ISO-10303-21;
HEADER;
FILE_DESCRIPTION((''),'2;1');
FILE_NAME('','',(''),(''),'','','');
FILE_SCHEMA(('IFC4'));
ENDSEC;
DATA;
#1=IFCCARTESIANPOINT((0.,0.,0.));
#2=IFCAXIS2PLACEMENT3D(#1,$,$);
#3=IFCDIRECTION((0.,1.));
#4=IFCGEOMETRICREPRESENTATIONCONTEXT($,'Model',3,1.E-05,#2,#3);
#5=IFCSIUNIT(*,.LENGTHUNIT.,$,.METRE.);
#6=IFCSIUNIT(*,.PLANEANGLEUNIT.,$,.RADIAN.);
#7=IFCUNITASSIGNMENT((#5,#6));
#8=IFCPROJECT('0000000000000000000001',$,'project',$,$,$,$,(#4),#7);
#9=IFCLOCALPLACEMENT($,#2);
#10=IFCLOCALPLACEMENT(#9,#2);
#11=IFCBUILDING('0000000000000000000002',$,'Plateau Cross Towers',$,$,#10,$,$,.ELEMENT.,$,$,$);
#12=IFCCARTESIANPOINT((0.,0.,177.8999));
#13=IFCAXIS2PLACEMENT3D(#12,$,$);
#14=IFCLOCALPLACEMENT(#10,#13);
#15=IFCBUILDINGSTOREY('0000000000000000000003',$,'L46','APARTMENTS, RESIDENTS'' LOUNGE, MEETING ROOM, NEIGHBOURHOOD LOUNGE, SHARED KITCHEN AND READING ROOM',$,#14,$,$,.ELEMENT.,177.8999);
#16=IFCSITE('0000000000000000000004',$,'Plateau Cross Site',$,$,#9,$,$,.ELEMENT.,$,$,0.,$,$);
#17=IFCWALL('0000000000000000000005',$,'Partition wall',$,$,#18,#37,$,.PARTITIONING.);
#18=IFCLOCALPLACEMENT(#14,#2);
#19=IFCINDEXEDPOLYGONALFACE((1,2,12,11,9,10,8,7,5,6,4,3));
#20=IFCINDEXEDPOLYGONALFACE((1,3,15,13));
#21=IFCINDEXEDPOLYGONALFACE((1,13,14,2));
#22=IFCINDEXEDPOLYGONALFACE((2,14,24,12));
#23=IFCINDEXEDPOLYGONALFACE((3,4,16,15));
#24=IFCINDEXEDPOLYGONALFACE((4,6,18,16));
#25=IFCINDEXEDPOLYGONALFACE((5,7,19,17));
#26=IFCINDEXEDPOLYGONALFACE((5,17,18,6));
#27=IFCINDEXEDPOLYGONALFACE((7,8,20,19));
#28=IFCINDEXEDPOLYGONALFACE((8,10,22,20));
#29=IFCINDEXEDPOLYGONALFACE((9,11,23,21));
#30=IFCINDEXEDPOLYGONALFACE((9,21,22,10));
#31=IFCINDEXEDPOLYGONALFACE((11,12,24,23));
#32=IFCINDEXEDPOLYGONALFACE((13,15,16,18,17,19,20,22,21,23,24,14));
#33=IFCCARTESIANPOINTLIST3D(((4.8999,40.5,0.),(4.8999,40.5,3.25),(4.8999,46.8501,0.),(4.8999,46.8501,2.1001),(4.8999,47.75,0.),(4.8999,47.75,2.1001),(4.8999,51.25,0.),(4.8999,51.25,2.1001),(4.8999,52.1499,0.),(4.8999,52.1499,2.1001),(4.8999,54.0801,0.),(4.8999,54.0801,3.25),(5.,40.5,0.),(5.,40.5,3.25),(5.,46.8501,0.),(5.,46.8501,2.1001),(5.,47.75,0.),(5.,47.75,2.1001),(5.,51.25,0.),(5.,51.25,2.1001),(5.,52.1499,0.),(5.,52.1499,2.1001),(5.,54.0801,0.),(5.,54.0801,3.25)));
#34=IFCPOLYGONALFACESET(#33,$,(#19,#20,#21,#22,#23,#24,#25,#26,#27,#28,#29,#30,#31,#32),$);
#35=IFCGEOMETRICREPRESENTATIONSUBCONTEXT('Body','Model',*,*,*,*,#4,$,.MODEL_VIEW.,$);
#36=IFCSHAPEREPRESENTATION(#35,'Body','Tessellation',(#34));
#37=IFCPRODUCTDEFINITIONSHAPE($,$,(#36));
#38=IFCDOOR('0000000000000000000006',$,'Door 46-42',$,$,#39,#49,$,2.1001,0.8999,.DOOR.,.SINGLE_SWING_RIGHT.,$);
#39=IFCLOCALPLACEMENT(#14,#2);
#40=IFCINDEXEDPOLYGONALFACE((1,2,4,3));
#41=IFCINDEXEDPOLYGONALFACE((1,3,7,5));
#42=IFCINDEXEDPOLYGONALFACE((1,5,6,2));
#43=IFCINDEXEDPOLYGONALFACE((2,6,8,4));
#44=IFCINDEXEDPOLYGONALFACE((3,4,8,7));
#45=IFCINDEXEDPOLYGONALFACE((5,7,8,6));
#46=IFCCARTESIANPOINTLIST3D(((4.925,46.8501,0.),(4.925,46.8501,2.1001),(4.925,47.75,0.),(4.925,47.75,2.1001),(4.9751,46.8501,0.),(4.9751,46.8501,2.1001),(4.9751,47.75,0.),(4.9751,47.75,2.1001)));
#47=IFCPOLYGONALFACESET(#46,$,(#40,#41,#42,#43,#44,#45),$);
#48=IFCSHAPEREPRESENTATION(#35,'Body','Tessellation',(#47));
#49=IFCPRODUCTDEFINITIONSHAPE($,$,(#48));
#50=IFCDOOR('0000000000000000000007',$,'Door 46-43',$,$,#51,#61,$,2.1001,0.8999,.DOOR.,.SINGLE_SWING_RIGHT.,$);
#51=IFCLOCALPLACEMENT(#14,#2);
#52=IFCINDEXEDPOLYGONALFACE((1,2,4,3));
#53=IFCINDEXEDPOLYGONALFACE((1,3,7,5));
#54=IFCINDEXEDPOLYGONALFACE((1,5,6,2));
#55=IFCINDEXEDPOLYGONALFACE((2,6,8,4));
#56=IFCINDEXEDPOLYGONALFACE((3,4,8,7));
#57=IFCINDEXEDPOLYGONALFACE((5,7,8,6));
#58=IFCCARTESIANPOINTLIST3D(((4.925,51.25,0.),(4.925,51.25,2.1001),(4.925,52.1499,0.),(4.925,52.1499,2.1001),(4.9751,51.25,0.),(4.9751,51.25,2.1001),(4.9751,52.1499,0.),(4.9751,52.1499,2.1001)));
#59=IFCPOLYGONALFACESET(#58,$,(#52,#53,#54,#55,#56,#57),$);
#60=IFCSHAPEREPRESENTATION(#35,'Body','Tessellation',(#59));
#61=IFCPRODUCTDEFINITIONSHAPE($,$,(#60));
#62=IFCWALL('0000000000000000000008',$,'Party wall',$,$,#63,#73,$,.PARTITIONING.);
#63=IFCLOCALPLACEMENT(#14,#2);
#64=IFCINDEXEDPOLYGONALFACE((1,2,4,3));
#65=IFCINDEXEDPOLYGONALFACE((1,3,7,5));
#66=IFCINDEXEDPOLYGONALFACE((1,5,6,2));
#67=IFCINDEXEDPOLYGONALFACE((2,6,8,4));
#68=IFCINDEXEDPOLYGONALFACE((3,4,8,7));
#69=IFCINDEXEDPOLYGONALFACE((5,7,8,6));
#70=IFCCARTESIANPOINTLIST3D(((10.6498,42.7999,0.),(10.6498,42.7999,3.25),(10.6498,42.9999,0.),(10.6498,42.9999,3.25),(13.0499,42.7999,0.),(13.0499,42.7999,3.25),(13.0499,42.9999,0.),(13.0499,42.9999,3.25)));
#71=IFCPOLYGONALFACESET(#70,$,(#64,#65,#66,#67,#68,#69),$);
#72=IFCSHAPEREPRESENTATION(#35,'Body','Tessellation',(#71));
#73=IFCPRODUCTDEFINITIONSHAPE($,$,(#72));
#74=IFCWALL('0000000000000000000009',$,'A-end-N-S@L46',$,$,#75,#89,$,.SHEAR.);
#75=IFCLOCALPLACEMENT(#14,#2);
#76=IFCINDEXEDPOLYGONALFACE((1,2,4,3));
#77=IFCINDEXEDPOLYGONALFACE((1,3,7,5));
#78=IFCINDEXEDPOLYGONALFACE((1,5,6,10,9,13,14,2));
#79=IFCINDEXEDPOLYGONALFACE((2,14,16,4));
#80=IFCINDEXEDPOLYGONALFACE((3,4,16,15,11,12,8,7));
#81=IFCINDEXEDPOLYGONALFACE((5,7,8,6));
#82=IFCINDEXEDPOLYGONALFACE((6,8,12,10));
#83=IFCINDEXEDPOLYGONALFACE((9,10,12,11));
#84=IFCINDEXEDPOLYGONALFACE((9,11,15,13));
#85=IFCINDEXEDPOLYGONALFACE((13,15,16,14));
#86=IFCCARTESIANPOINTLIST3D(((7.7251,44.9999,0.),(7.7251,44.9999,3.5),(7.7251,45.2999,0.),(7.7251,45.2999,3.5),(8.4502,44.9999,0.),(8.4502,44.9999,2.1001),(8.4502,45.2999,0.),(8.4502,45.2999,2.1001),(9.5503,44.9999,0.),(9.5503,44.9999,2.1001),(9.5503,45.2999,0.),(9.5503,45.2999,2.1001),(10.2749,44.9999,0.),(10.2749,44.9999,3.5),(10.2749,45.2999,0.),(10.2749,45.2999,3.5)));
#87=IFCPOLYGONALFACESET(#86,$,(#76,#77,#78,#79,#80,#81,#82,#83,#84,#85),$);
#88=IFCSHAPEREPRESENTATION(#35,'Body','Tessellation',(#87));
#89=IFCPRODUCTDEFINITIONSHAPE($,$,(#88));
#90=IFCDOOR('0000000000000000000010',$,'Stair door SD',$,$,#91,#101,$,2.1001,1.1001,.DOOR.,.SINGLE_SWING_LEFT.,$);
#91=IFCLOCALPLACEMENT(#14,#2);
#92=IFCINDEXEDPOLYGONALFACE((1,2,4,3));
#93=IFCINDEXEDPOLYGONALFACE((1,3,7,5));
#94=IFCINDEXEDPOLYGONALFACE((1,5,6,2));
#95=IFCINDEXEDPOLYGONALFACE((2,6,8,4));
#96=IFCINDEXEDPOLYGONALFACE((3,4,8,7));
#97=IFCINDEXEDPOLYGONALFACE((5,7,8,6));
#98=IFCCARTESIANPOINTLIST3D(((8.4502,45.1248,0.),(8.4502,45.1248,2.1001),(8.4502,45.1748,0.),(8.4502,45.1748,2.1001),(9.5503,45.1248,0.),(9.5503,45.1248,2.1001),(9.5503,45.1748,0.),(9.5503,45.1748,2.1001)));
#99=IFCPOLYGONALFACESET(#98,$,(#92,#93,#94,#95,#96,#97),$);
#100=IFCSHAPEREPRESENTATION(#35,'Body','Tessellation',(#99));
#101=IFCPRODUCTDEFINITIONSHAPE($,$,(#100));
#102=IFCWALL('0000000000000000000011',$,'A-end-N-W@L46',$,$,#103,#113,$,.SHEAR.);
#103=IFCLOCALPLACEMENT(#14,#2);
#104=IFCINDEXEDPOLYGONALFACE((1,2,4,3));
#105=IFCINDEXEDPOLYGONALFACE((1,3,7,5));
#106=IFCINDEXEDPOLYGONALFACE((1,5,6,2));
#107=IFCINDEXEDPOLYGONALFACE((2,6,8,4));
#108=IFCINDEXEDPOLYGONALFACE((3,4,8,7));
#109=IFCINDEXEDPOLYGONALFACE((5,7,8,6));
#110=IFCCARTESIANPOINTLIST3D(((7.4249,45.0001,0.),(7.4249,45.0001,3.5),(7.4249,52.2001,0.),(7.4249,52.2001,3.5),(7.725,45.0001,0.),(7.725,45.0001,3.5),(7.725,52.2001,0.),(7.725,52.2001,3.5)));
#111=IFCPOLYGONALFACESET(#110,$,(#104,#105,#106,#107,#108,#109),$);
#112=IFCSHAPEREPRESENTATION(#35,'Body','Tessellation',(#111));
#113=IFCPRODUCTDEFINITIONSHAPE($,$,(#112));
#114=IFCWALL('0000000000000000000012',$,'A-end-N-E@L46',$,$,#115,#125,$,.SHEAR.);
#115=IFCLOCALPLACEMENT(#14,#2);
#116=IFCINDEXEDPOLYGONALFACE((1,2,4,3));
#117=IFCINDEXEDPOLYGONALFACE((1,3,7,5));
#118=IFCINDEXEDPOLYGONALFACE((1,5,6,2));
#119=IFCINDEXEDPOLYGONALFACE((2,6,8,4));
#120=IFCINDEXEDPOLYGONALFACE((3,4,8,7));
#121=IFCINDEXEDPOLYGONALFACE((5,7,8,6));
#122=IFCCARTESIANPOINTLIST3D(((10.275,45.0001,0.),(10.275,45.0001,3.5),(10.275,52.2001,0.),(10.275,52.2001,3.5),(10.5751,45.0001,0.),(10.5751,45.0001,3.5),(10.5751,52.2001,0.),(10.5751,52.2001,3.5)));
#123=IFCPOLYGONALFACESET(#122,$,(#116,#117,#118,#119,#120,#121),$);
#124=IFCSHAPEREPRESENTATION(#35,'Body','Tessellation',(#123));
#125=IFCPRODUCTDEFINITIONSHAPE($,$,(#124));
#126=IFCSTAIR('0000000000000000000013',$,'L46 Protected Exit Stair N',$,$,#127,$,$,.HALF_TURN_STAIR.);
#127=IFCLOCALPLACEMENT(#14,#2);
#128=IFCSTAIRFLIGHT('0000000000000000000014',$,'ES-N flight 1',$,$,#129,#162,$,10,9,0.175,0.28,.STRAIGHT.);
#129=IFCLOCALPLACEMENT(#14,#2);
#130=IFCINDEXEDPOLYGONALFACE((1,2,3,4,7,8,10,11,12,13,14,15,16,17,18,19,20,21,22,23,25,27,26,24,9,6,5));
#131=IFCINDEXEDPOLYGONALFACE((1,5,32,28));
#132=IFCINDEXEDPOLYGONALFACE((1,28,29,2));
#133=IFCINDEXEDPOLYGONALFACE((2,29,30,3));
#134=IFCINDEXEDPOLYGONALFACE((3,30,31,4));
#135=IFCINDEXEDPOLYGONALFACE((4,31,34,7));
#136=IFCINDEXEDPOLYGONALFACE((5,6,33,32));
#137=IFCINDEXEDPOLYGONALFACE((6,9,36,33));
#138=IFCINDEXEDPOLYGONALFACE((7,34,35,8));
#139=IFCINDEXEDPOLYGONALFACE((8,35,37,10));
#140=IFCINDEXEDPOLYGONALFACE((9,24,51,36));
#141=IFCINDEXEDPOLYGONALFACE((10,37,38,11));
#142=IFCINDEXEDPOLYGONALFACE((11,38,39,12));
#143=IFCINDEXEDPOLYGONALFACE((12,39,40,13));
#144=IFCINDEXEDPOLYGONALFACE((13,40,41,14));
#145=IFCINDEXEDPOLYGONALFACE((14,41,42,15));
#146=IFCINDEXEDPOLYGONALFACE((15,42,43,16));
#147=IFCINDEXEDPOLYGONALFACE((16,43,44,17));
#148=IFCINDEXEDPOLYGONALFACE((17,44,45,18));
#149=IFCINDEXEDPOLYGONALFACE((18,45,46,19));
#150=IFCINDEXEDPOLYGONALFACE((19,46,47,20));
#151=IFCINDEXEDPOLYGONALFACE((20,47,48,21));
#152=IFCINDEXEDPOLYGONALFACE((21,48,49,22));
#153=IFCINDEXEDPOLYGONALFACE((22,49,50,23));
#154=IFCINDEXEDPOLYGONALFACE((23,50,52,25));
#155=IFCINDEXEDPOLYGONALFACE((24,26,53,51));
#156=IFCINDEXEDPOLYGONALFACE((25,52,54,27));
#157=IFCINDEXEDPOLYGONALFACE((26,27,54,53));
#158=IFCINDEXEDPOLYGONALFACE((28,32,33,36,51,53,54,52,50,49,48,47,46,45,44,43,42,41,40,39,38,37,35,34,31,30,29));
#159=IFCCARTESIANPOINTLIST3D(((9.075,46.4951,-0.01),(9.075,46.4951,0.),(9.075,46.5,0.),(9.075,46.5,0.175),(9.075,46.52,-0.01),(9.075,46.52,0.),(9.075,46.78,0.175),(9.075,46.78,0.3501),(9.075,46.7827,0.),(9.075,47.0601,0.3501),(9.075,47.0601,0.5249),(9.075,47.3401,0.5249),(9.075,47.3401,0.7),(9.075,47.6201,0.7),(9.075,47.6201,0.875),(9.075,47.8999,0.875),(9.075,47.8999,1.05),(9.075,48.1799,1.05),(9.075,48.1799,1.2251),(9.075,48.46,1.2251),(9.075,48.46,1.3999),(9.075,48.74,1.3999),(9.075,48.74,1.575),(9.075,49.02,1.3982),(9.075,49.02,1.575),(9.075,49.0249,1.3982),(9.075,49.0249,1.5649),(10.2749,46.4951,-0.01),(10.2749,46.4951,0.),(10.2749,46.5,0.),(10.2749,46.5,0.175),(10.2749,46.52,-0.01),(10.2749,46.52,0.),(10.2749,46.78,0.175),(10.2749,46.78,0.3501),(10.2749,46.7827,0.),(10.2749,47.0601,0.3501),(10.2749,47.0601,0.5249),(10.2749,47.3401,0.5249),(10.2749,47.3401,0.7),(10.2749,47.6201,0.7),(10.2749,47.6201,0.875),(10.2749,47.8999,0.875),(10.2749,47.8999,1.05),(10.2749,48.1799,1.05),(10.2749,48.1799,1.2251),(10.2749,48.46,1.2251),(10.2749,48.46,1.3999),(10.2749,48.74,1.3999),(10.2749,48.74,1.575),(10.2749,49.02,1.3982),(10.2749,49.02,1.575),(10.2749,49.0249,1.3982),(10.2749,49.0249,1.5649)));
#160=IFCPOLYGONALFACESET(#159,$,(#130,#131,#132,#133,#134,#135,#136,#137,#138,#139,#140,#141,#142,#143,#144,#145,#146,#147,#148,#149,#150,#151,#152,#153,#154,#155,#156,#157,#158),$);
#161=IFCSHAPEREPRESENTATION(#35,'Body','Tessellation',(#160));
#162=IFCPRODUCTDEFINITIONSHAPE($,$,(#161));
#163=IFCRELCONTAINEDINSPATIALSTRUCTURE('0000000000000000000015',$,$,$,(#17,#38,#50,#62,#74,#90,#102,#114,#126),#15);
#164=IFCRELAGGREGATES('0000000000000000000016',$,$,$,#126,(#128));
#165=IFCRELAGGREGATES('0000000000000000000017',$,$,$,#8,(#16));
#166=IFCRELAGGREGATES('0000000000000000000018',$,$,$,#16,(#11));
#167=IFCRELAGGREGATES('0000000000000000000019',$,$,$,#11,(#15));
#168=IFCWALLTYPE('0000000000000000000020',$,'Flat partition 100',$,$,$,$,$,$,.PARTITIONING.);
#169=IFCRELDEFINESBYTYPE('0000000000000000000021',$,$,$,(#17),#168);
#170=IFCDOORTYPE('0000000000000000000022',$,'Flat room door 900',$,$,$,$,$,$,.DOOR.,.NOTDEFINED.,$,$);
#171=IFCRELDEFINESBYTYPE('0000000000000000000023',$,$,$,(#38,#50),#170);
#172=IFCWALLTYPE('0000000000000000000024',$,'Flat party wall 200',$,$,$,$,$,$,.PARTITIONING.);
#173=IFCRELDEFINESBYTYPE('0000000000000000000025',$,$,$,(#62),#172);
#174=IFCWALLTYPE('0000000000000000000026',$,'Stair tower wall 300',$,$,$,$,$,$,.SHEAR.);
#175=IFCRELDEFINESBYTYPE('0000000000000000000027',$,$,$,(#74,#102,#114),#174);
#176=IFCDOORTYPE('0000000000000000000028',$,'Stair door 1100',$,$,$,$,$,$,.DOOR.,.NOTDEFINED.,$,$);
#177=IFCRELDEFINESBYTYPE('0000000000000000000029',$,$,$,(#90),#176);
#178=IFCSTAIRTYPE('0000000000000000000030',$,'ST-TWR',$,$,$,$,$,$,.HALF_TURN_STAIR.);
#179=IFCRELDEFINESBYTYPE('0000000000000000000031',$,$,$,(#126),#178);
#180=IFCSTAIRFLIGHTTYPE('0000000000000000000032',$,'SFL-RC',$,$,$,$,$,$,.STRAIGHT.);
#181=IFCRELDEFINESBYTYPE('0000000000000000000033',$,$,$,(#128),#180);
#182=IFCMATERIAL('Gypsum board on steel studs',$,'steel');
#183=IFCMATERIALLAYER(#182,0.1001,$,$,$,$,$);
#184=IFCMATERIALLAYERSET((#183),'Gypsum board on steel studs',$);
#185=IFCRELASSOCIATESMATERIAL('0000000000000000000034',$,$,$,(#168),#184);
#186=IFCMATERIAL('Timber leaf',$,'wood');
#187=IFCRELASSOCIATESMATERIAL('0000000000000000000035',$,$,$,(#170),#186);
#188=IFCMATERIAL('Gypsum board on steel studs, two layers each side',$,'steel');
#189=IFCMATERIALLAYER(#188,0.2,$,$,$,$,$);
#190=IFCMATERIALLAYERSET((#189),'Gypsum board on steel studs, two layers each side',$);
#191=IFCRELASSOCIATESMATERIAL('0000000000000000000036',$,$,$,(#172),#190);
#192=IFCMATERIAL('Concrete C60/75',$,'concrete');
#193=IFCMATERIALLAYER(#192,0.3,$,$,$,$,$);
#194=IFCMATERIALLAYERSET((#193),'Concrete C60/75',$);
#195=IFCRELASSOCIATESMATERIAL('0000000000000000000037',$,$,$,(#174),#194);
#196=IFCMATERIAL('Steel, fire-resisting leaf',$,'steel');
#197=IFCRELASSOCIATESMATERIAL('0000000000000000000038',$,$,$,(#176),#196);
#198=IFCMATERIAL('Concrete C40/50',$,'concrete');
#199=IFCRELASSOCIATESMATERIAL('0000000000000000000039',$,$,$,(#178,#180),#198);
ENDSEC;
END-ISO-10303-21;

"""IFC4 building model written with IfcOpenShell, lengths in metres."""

from ifc_helpers import new_model, si_unit, direction, frame, frame_2d, origin, place, context, subcontext, project, spatial, polyline, rectangle, outline, extrude, material, layer, layer_set, type_object, element, fill, aggregate, save


model = new_model("IFC4")

# Units and contexts
model_context = context("Model", 3, precision=1e-05, world=origin(), true_north=direction((0.0, 1.0)))
body_context = subcontext(model_context, "Body", "Model", "MODEL_VIEW")
ifc_project = project(units=[si_unit("LENGTHUNIT", "METRE"), si_unit("PLANEANGLEUNIT", "RADIAN")], contexts=[model_context])

# Site, building, storey
site_placement = place(None, origin())
site = spatial("IfcSite", under=ifc_project, at=site_placement, Name="Plateau Cross Site", CompositionType="ELEMENT", RefElevation=0.0)
building_placement = place(site_placement, origin())
building = spatial("IfcBuilding", under=site, at=building_placement, Name="Plateau Cross Towers", CompositionType="ELEMENT")
storey_placement = place(building_placement, frame((0.0, 0.0, 177.8999)))
storey = spatial("IfcBuildingStorey", under=building, at=storey_placement, Name="L46", Description="APARTMENTS, RESIDENTS' LOUNGE, MEETING ROOM, NEIGHBOURHOOD LOUNGE, SHARED KITCHEN AND READING ROOM", CompositionType="ELEMENT", Elevation=177.8999)

# Shared definitions
ifc_material_1 = material(Name="Gypsum board on steel studs", Category="steel")
ifc_layer_1 = layer(ifc_material_1, 0.1001)
ifc_layer_set_1 = layer_set([ifc_layer_1], Name="Gypsum board on steel studs")
wall_type_1 = type_object("IfcWallType", Name="Flat partition 100", PredefinedType="PARTITIONING", material=ifc_layer_set_1)
ifc_material_2 = material(Name="Timber leaf", Category="wood")
door_type_1 = type_object("IfcDoorType", Name="Flat room door 900", OperationType="NOTDEFINED", PredefinedType="DOOR", material=ifc_material_2)

# Wall, openings, doors
wall_1_placement = place(storey_placement, frame((4.95, 40.5, 0.0), z_axis=(0.0, 0.0, 1.0), x_axis=(0.0, 1.0, 0.0)))
wall_1 = element("IfcWall", 1, at=wall_1_placement, inside=storey, type_object=wall_type_1, Name="Partition wall", PredefinedType="PARTITIONING", context=body_context, shape_type="SweptSolid", body=[
    extrude(rectangle(XDim=13.5801, YDim=0.1001, at=frame_2d((6.79, 0.0))), origin(), (0.0, 0.0, 1.0), 3.25),
])
opening_1_placement = place(wall_1_placement, frame((6.3501, 0.0, 0.0)))
opening_1 = element("IfcOpeningElement", 2, at=opening_1_placement, cuts=wall_1, PredefinedType="OPENING", context=body_context, shape_type="SweptSolid", body=[
    extrude(rectangle(XDim=0.8999, YDim=2.1001, at=frame_2d((0.45, 1.05))), frame((0.0, 0.0601, 0.0), z_axis=(0.0, -1.0, 0.0), x_axis=(1.0, 0.0, 0.0)), (0.0, 0.0, 1.0), 0.1201),
])
opening_2_placement = place(wall_1_placement, frame((10.75, 0.0, 0.0)))
opening_2 = element("IfcOpeningElement", 3, at=opening_2_placement, cuts=wall_1, PredefinedType="OPENING", context=body_context, shape_type="SweptSolid", body=[
    extrude(rectangle(XDim=0.8999, YDim=2.1001, at=frame_2d((0.45, 1.05))), frame((0.0, 0.0601, 0.0), z_axis=(0.0, -1.0, 0.0), x_axis=(1.0, 0.0, 0.0)), (0.0, 0.0, 1.0), 0.1201),
])
door_1_placement = place(opening_1_placement, origin())
door_1 = element("IfcDoor", 4, at=door_1_placement, inside=storey, type_object=door_type_1, Name="Door 46-42", OperationType="SINGLE_SWING_RIGHT", OverallHeight=2.1001, OverallWidth=0.8999, PredefinedType="DOOR", context=body_context, shape_type="SweptSolid", body=[
    extrude(rectangle(XDim=0.8999, YDim=2.1001, at=frame_2d((0.45, 1.05))), frame((0.0, 0.0249, 0.0), z_axis=(0.0, -1.0, 0.0), x_axis=(1.0, 0.0, 0.0)), (0.0, 0.0, 1.0), 0.05),
])
fill(opening_1, door_1)
door_2_placement = place(opening_2_placement, origin())
door_2 = element("IfcDoor", 5, at=door_2_placement, inside=storey, type_object=door_type_1, Name="Door 46-43", OperationType="SINGLE_SWING_RIGHT", OverallHeight=2.1001, OverallWidth=0.8999, PredefinedType="DOOR", context=body_context, shape_type="SweptSolid", body=[
    extrude(rectangle(XDim=0.8999, YDim=2.1001, at=frame_2d((0.45, 1.05))), frame((0.0, 0.0249, 0.0), z_axis=(0.0, -1.0, 0.0), x_axis=(1.0, 0.0, 0.0)), (0.0, 0.0, 1.0), 0.05),
])
fill(opening_2, door_2)

# Wall
ifc_material_3 = material(Name="Gypsum board on steel studs, two layers each side", Category="steel")
ifc_layer_2 = layer(ifc_material_3, 0.2)
ifc_layer_set_2 = layer_set([ifc_layer_2], Name="Gypsum board on steel studs, two layers each side")
wall_type_2 = type_object("IfcWallType", Name="Flat party wall 200", PredefinedType="PARTITIONING", material=ifc_layer_set_2)
wall_2_placement = place(storey_placement, frame((13.05, 42.8999, 0.0), z_axis=(0.0, 0.0, 1.0), x_axis=(-1.0, 0.0, 0.0)))
element("IfcWall", 6, at=wall_2_placement, inside=storey, type_object=wall_type_2, Name="Party wall", PredefinedType="PARTITIONING", context=body_context, shape_type="SweptSolid", body=[
    extrude(rectangle(XDim=2.4001, YDim=0.2, at=frame_2d((1.2002, 0.0))), origin(), (0.0, 0.0, 1.0), 3.25),
])

# Wall, opening, door
ifc_material_4 = material(Name="Concrete C60/75", Category="concrete")
ifc_layer_3 = layer(ifc_material_4, 0.3)
ifc_layer_set_3 = layer_set([ifc_layer_3], Name="Concrete C60/75")
wall_type_3 = type_object("IfcWallType", Name="Stair tower wall 300", PredefinedType="SHEAR", material=ifc_layer_set_3)
wall_3_placement = place(storey_placement, frame((7.7251, 45.1499, 0.0), z_axis=(0.0, 0.0, 1.0), x_axis=(1.0, 0.0, 0.0)))
wall_3 = element("IfcWall", 7, at=wall_3_placement, inside=storey, type_object=wall_type_3, Name="A-end-N-S@L46", PredefinedType="SHEAR", context=body_context, shape_type="SweptSolid", body=[
    extrude(rectangle(XDim=2.5498, YDim=0.3, at=frame_2d((1.2749, 0.0))), origin(), (0.0, 0.0, 1.0), 3.5),
])
opening_3_placement = place(wall_3_placement, frame((0.7251, 0.0, 0.0)))
opening_3 = element("IfcOpeningElement", 8, at=opening_3_placement, cuts=wall_3, PredefinedType="OPENING", context=body_context, shape_type="SweptSolid", body=[
    extrude(rectangle(XDim=1.1001, YDim=2.1001, at=frame_2d((0.55, 1.05))), frame((0.0, 0.1599, 0.0), z_axis=(0.0, -1.0, 0.0), x_axis=(1.0, 0.0, 0.0)), (0.0, 0.0, 1.0), 0.3201),
])
ifc_material_5 = material(Name="Steel, fire-resisting leaf", Category="steel")
door_type_2 = type_object("IfcDoorType", Name="Stair door 1100", OperationType="NOTDEFINED", PredefinedType="DOOR", material=ifc_material_5)
door_3_placement = place(opening_3_placement, origin())
door_3 = element("IfcDoor", 9, at=door_3_placement, inside=storey, type_object=door_type_2, Name="Stair door SD", OperationType="SINGLE_SWING_LEFT", OverallHeight=2.1001, OverallWidth=1.1001, PredefinedType="DOOR", context=body_context, shape_type="SweptSolid", body=[
    extrude(rectangle(XDim=1.1001, YDim=2.1001, at=frame_2d((0.55, 1.05))), frame((0.0, 0.0249, 0.0), z_axis=(0.0, -1.0, 0.0), x_axis=(1.0, 0.0, 0.0)), (0.0, 0.0, 1.0), 0.05),
])
fill(opening_3, door_3)

# Walls
for number, where, z_axis, x_axis, name in (
    (10, (7.575, 45.0, 0.0), (0.0, 0.0, 1.0), (0.0, 1.0, 0.0), "A-end-N-W@L46"),
    (11, (10.425, 45.0, 0.0), (0.0, 0.0, 1.0), (0.0, 1.0, 0.0), "A-end-N-E@L46"),
):
    element("IfcWall", number, at=place(storey_placement, frame(where, z_axis=z_axis, x_axis=x_axis)), inside=storey, type_object=wall_type_3, Name=name, PredefinedType="SHEAR", context=body_context, shape_type="SweptSolid", body=[
        extrude(rectangle(XDim=7.2, YDim=0.3, at=frame_2d((3.6001, 0.0))), origin(), (0.0, 0.0, 1.0), 3.5),
    ])

# Stair, stair flight
ifc_material_6 = material(Name="Concrete C40/50", Category="concrete")
stair_type = type_object("IfcStairType", Name="ST-TWR", PredefinedType="HALF_TURN_STAIR", material=ifc_material_6)
stair_placement = place(storey_placement, origin())
stair = element("IfcStair", 12, at=stair_placement, inside=storey, type_object=stair_type, Name="L46 Protected Exit Stair N", PredefinedType="HALF_TURN_STAIR")
stair_flight_type = type_object("IfcStairFlightType", Name="SFL-RC", PredefinedType="STRAIGHT", material=ifc_material_6)
stair_flight_placement = place(storey_placement, frame((9.675, 46.5, 0.0), z_axis=(0.0, 0.0, 1.0), x_axis=(0.0, 1.0, 0.0)))
stair_flight = element("IfcStairFlight", 13, at=stair_flight_placement, type_object=stair_flight_type, Name="ES-N flight 1", NumberOfRisers=10, NumberOfTreads=9, PredefinedType="STRAIGHT", RiserHeight=0.175, TreadLength=0.28, context=body_context, shape_type="SweptSolid", body=[
    extrude(outline(polyline([(-0.0049, -0.01), (-0.0049, 0.0), (0.0, 0.0), (0.0, 0.175), (0.28, 0.175), (0.28, 0.3501), (0.5601, 0.3501), (0.5601, 0.5249), (0.8401, 0.5249), (0.8401, 0.7), (1.1201, 0.7), (1.1201, 0.875), (1.3999, 0.875), (1.3999, 1.05), (1.6799, 1.05), (1.6799, 1.2251), (1.96, 1.2251), (1.96, 1.3999), (2.24, 1.3999), (2.24, 1.575), (2.52, 1.575), (2.5249, 1.5649), (2.5249, 1.3982), (2.52, 1.3982), (0.2827, 0.0), (0.02, 0.0), (0.02, -0.01), (-0.0049, -0.01)])), frame((0.0, 0.6001, 0.0), z_axis=(0.0, -1.0, 0.0), x_axis=(1.0, 0.0, 0.0)), (0.0, 0.0, 1.0), 1.2),
])
aggregate(stair, [stair_flight])

save(model, "model.ifc")
